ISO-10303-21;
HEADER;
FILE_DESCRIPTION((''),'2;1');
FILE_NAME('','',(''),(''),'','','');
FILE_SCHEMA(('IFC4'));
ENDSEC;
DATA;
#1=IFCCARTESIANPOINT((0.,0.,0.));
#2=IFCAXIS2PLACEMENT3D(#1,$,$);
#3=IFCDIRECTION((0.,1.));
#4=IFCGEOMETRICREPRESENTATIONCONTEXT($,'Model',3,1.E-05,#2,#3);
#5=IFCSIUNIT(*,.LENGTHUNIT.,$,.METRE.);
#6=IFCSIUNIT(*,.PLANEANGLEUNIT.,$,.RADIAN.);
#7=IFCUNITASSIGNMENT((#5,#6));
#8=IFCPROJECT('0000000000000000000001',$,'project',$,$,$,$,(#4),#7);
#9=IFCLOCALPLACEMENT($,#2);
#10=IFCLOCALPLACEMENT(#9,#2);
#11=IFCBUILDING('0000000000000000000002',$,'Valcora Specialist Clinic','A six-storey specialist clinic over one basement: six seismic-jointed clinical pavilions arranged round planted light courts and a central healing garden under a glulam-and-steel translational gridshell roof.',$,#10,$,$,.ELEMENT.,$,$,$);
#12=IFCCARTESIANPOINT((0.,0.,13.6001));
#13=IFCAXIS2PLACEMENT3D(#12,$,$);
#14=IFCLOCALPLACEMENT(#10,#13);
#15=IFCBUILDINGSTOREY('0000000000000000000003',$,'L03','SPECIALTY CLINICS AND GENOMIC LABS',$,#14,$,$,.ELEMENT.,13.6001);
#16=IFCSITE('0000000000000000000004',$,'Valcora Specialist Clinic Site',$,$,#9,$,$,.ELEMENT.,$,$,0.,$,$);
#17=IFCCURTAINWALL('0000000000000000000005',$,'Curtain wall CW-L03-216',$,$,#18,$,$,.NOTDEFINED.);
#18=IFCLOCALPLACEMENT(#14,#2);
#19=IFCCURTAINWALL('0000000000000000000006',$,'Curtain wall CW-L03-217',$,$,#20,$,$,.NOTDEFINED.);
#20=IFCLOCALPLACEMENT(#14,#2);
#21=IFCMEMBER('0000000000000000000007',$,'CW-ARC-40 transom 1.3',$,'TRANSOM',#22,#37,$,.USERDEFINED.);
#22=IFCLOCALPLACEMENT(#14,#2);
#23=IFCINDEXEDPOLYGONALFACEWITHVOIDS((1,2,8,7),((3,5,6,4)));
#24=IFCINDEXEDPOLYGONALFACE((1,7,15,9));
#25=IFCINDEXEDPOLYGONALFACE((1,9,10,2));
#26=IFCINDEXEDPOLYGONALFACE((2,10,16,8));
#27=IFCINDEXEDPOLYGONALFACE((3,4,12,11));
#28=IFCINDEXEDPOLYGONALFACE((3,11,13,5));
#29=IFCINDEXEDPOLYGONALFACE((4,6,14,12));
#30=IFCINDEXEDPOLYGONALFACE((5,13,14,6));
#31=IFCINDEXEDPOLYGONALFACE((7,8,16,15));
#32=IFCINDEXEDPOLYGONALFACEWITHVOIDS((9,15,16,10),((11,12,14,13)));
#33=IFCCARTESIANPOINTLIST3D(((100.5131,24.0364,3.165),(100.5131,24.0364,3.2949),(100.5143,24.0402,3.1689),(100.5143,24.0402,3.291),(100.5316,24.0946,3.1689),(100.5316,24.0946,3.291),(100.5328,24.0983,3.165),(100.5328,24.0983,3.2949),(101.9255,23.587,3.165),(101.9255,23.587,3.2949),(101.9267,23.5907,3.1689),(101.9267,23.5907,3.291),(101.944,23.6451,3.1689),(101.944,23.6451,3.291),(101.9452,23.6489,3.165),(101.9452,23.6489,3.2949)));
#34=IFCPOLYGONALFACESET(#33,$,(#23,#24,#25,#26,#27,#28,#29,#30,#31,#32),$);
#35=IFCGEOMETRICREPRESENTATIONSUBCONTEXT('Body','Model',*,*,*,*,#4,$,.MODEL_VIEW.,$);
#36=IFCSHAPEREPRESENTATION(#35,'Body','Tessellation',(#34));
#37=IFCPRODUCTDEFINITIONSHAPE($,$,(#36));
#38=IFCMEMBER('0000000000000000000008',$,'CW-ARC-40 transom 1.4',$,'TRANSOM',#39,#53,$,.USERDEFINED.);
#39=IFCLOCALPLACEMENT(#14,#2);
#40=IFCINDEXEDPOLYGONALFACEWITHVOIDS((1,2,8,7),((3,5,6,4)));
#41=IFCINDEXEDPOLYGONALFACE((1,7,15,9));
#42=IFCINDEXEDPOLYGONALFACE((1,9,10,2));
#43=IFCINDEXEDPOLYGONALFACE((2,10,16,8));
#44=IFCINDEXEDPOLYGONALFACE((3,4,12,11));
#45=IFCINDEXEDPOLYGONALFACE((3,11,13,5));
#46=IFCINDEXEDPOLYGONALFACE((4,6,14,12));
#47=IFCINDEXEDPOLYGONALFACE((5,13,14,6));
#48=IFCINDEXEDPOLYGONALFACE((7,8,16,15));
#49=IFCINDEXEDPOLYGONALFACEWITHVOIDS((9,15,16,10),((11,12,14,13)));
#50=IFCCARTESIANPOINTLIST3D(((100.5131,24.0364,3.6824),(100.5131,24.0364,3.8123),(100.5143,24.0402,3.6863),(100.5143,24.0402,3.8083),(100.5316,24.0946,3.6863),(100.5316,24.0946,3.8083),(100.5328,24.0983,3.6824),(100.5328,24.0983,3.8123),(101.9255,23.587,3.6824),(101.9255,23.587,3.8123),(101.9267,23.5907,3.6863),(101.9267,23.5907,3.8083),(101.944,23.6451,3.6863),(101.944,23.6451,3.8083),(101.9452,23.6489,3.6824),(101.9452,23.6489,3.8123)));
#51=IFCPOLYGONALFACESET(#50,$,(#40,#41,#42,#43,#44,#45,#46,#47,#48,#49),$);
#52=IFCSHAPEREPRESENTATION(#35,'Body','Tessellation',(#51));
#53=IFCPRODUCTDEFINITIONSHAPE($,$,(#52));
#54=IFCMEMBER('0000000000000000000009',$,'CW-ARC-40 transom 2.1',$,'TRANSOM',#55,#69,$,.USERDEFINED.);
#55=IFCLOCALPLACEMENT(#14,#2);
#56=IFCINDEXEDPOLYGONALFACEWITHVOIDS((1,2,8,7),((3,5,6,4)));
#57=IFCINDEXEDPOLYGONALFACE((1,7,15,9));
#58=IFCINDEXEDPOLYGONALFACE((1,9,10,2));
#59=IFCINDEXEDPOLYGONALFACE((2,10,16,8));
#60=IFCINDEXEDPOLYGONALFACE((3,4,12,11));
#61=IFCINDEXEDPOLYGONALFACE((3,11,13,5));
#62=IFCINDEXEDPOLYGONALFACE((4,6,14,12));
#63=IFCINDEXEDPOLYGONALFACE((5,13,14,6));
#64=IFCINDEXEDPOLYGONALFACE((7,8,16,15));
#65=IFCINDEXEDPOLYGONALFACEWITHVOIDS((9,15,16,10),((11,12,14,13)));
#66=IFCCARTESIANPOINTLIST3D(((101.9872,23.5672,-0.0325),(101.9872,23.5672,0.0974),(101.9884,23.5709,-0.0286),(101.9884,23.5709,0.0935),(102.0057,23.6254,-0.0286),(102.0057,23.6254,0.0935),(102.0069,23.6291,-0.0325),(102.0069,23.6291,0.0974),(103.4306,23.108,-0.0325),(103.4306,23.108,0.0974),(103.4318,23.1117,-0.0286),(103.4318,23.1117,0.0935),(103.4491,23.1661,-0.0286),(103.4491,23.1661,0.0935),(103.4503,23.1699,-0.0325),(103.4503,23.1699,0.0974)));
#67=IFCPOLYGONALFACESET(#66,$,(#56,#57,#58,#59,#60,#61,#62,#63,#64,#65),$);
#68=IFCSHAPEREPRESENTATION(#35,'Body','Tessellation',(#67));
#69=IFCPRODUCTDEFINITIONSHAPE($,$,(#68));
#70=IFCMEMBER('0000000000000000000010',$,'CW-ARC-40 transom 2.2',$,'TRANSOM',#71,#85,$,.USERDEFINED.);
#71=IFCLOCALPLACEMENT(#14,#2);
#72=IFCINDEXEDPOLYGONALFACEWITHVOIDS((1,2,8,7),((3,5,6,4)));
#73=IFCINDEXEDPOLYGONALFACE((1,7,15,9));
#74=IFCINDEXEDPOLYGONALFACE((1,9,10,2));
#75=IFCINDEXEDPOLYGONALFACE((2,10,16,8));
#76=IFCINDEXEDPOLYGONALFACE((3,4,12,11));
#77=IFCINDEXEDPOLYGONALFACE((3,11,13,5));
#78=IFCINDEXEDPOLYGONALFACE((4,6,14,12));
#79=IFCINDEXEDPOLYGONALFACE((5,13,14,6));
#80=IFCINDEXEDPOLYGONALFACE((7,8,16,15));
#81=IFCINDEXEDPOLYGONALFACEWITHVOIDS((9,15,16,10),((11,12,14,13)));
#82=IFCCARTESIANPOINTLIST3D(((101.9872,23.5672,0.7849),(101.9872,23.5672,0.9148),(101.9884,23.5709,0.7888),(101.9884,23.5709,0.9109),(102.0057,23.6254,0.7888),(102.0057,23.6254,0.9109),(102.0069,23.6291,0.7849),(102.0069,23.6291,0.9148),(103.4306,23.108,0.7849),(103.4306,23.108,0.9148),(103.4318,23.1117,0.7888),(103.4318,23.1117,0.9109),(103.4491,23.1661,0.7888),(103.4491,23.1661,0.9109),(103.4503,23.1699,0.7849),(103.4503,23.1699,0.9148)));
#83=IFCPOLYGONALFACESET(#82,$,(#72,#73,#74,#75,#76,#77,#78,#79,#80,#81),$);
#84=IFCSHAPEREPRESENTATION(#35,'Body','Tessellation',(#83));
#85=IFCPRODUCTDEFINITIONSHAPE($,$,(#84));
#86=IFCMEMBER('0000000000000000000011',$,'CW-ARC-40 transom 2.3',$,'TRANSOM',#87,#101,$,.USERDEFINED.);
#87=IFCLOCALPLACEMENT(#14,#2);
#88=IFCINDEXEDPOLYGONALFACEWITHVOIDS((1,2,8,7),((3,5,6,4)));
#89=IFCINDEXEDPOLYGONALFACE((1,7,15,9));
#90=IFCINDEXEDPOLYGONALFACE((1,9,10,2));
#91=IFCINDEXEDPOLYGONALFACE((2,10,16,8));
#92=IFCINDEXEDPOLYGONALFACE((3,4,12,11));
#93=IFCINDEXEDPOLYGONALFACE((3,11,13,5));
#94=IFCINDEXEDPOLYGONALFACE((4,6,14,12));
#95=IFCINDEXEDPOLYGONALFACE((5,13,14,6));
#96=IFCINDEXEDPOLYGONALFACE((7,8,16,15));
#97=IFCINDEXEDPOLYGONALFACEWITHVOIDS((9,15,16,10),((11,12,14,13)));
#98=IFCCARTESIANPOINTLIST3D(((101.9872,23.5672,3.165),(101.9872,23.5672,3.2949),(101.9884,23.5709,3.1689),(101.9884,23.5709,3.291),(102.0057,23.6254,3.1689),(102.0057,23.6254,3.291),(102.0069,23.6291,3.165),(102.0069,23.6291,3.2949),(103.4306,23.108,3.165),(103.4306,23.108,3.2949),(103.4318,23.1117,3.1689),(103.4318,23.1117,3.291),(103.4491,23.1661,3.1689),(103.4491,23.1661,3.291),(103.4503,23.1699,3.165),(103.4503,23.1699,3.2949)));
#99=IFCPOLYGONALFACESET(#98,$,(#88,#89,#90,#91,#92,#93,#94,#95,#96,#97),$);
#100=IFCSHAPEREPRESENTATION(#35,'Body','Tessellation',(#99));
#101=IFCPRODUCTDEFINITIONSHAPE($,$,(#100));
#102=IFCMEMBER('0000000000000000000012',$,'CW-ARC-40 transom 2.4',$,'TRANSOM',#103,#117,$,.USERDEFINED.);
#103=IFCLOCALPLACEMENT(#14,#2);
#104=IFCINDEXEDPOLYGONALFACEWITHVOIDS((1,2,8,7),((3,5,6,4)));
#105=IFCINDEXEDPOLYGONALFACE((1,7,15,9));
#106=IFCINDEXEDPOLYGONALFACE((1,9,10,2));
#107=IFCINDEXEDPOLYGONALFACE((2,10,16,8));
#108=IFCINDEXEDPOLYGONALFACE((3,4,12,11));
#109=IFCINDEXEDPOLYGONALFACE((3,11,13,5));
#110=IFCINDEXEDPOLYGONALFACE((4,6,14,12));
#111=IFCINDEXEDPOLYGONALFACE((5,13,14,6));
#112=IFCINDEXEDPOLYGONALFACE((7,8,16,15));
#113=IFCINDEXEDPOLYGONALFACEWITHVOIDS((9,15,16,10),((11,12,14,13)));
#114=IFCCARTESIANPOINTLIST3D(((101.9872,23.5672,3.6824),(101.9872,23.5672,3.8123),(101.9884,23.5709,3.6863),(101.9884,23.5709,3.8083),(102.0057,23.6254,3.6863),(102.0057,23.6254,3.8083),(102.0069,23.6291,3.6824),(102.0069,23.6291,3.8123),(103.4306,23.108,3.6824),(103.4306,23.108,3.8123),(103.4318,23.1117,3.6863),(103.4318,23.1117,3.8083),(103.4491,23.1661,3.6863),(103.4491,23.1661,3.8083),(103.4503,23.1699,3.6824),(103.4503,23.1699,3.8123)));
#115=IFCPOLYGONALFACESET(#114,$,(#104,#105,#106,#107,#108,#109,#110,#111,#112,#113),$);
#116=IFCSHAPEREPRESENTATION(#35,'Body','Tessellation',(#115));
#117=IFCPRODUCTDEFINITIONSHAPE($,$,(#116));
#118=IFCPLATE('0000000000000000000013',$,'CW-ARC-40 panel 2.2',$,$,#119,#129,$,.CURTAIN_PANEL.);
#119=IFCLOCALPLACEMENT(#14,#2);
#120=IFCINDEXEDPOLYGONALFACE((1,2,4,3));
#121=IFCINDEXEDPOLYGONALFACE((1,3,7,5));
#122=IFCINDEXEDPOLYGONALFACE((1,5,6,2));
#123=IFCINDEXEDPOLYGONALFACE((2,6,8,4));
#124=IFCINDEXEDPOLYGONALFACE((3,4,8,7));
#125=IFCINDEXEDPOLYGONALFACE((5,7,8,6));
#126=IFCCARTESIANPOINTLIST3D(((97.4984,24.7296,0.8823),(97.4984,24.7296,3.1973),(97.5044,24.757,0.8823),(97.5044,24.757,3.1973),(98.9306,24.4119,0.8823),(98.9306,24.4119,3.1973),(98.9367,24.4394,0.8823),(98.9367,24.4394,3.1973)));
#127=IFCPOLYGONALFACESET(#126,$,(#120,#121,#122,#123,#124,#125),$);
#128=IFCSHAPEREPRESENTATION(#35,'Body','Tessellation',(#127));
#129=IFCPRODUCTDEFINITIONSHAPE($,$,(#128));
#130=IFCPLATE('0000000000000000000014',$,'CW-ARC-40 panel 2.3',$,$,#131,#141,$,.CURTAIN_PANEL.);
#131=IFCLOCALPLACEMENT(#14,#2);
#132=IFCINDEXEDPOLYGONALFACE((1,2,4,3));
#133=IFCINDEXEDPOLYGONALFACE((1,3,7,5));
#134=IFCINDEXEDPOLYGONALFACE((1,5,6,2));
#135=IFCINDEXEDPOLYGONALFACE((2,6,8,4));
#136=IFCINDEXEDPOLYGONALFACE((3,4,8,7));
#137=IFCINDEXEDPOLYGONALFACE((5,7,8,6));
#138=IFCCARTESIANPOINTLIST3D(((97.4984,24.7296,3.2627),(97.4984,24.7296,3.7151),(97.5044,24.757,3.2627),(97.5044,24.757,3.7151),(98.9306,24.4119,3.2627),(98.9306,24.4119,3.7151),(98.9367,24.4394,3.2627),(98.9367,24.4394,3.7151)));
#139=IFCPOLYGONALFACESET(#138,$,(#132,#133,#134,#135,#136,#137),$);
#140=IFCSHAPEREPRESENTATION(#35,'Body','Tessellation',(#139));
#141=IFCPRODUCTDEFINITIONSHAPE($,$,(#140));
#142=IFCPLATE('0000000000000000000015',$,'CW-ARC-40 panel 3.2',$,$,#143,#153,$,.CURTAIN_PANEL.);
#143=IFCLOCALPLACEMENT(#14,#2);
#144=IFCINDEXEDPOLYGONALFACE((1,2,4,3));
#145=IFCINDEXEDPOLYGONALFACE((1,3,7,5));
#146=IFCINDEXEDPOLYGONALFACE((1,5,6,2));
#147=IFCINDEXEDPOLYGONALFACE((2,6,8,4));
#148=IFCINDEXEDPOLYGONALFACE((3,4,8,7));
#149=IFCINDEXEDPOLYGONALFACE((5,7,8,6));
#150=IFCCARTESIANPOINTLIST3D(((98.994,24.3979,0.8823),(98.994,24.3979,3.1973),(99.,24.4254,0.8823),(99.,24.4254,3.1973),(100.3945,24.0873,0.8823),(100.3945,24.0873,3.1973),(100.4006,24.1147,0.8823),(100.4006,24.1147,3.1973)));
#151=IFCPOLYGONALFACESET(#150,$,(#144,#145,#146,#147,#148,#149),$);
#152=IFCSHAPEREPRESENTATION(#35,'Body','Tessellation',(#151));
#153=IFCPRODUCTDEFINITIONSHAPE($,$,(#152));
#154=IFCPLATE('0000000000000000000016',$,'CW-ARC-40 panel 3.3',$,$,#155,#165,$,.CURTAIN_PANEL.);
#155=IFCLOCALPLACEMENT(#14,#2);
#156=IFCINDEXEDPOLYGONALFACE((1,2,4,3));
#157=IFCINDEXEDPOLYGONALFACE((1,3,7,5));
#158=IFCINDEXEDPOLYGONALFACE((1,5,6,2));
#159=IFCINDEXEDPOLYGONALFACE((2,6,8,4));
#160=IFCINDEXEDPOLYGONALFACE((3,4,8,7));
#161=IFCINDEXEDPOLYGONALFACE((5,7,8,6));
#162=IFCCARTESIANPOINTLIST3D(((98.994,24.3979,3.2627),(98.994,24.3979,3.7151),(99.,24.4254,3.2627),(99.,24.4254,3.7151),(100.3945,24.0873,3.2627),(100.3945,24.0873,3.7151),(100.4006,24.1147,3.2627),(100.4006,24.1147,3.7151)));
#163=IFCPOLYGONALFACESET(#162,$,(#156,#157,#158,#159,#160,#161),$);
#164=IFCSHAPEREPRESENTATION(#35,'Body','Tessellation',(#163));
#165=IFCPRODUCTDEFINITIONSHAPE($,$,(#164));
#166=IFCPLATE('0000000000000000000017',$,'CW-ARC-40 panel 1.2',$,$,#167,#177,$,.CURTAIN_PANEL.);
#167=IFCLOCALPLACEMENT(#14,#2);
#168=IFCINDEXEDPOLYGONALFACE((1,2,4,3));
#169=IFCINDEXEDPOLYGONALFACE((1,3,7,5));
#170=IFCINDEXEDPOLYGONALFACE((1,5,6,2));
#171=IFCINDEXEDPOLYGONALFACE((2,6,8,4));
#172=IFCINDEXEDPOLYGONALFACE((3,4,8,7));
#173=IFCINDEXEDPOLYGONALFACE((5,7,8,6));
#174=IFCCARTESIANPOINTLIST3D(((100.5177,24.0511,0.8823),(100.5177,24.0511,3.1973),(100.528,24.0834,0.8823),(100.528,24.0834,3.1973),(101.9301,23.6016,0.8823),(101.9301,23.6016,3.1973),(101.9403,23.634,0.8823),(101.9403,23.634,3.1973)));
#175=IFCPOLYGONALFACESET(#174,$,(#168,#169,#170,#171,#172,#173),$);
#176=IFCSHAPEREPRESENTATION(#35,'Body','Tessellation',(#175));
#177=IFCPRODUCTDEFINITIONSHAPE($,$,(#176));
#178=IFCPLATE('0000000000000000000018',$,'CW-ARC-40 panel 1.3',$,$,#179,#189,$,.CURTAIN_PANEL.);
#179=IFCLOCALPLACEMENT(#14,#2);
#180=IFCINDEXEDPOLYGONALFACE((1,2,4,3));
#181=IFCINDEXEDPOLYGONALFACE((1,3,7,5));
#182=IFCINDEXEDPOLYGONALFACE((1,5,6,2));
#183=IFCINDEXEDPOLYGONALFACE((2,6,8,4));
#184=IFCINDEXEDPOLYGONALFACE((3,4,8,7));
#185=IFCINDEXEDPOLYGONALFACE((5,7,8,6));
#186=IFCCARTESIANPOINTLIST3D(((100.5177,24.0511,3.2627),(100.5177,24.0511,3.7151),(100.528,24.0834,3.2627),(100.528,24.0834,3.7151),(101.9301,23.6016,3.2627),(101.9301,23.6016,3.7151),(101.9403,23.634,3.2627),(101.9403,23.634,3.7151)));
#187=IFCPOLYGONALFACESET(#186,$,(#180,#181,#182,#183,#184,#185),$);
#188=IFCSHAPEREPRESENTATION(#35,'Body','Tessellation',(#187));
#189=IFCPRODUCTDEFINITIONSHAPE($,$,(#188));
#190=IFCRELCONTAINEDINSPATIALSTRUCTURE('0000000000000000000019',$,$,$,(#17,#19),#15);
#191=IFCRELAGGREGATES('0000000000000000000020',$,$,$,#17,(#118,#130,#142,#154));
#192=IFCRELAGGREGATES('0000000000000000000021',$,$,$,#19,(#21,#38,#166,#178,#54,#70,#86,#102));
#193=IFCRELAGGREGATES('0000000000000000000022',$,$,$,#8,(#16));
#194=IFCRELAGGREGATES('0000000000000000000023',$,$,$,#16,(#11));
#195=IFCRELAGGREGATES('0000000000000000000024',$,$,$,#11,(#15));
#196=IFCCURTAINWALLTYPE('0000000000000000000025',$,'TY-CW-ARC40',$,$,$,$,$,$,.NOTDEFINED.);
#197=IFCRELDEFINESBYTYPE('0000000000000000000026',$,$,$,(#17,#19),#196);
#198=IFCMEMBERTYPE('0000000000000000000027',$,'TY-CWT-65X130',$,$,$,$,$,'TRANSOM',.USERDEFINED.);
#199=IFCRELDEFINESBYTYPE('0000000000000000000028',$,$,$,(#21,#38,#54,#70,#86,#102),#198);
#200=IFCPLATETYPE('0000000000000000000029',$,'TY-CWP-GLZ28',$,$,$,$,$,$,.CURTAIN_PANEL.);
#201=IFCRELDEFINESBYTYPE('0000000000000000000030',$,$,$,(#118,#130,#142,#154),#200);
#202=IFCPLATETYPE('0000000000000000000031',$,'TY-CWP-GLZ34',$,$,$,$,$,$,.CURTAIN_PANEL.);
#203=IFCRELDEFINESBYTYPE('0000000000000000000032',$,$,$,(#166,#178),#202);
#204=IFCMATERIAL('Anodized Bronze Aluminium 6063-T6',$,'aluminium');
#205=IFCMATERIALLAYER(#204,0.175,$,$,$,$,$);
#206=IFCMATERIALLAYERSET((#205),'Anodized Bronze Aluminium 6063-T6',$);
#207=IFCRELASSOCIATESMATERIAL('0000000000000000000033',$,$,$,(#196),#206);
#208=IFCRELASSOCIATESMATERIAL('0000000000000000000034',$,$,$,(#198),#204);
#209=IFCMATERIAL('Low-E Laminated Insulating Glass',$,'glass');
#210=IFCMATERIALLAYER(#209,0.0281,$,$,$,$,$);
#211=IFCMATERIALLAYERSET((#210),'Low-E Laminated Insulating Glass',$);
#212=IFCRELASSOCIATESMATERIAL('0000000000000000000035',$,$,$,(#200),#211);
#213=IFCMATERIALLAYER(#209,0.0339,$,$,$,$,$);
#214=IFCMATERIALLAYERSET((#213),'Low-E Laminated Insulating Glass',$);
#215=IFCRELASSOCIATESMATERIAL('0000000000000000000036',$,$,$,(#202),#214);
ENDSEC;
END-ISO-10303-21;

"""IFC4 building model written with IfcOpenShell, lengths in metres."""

from ifc_helpers import new_model, si_unit, direction, frame, origin, origin_2d, place, context, subcontext, project, spatial, rectangle, hollow_rectangle, extrude, material, layer, layer_set, material_profile, profile_set, type_object, element, aggregate, save


model = new_model("IFC4")

# Units and contexts
model_context = context("Model", 3, precision=1e-05, world=origin(), true_north=direction((0.0, 1.0)))
body_context = subcontext(model_context, "Body", "Model", "MODEL_VIEW")
ifc_project = project(units=[si_unit("LENGTHUNIT", "METRE"), si_unit("PLANEANGLEUNIT", "RADIAN")], contexts=[model_context])

# Site, building, storey
site_placement = place(None, origin())
site = spatial("IfcSite", under=ifc_project, at=site_placement, Name="Valcora Specialist Clinic Site", CompositionType="ELEMENT", RefElevation=0.0)
building_placement = place(site_placement, origin())
building = spatial("IfcBuilding", under=site, at=building_placement, Name="Valcora Specialist Clinic", Description="A six-storey specialist clinic over one basement: six seismic-jointed clinical pavilions arranged round planted light courts and a central healing garden under a glulam-and-steel translational gridshell roof.", CompositionType="ELEMENT")
storey_placement = place(building_placement, frame((0.0, 0.0, 13.6001)))
storey = spatial("IfcBuildingStorey", under=building, at=storey_placement, Name="L03", Description="SPECIALTY CLINICS AND GENOMIC LABS", CompositionType="ELEMENT", Elevation=13.6001)

# Curtain walls
ifc_material_1 = material(Name="Anodized Bronze Aluminium 6063-T6", Category="aluminium")
ifc_layer_1 = layer(ifc_material_1, 0.175)
ifc_layer_set_1 = layer_set([ifc_layer_1], Name="Anodized Bronze Aluminium 6063-T6")
curtain_wall_type = type_object("IfcCurtainWallType", Name="TY-CW-ARC40", PredefinedType="NOTDEFINED", material=ifc_layer_set_1)
curtain_wall_1_placement = place(storey_placement, origin())
curtain_wall_1 = element("IfcCurtainWall", 1, at=curtain_wall_1_placement, inside=storey, type_object=curtain_wall_type, Name="Curtain wall CW-L03-216", PredefinedType="NOTDEFINED")
curtain_wall_2_placement = place(storey_placement, origin())
curtain_wall_2 = element("IfcCurtainWall", 2, at=curtain_wall_2_placement, inside=storey, type_object=curtain_wall_type, Name="Curtain wall CW-L03-217", PredefinedType="NOTDEFINED")

# Members
ifc_material_profile_1 = material_profile(ifc_material_1, hollow_rectangle(XDim=0.0649, YDim=0.1299, WallThickness=0.0039, at=origin_2d()), Name="AL-TRN-65X130")
ifc_profile_set_1 = profile_set([ifc_material_profile_1], Name="Anodized Bronze Aluminium 6063-T6")
member_type_1 = type_object("IfcMemberType", Name="TY-CWT-65X130", ElementType="TRANSOM", PredefinedType="USERDEFINED", material=ifc_profile_set_1)
member_1_placement = place(storey_placement, frame((100.5229, 24.0674, 3.23), z_axis=(0.952911, -0.303251, 0.0), x_axis=(0.303251, 0.952911, 0.0)))
member_1 = element("IfcMember", 3, at=member_1_placement, type_object=member_type_1, Name="CW-ARC-40 transom 1.3", ObjectType="TRANSOM", PredefinedType="USERDEFINED", context=body_context, shape_type="SweptSolid", body=[
    extrude(hollow_rectangle(XDim=0.0649, YDim=0.1299, WallThickness=0.0039, at=origin_2d()), origin(), (0.0, 0.0, 1.0), 1.4822),
])
member_2_placement = place(storey_placement, frame((100.5229, 24.0674, 3.7473), z_axis=(0.952911, -0.303251, 0.0), x_axis=(0.303251, 0.952911, 0.0)))
member_2 = element("IfcMember", 4, at=member_2_placement, type_object=member_type_1, Name="CW-ARC-40 transom 1.4", ObjectType="TRANSOM", PredefinedType="USERDEFINED", context=body_context, shape_type="SweptSolid", body=[
    extrude(hollow_rectangle(XDim=0.0649, YDim=0.1299, WallThickness=0.0039, at=origin_2d()), origin(), (0.0, 0.0, 1.0), 1.4822),
])
member_3_placement = place(storey_placement, frame((101.9971, 23.5981, 0.0325), z_axis=(0.95293, -0.30319, 0.0), x_axis=(0.30319, 0.95293, 0.0)))
member_3 = element("IfcMember", 5, at=member_3_placement, type_object=member_type_1, Name="CW-ARC-40 transom 2.1", ObjectType="TRANSOM", PredefinedType="USERDEFINED", context=body_context, shape_type="SweptSolid", body=[
    extrude(hollow_rectangle(XDim=0.0649, YDim=0.1299, WallThickness=0.0039, at=origin_2d()), origin(), (0.0, 0.0, 1.0), 1.5146),
])
member_4_placement = place(storey_placement, frame((101.9971, 23.5981, 0.8499), z_axis=(0.95293, -0.30319, 0.0), x_axis=(0.30319, 0.95293, 0.0)))
member_4 = element("IfcMember", 6, at=member_4_placement, type_object=member_type_1, Name="CW-ARC-40 transom 2.2", ObjectType="TRANSOM", PredefinedType="USERDEFINED", context=body_context, shape_type="SweptSolid", body=[
    extrude(hollow_rectangle(XDim=0.0649, YDim=0.1299, WallThickness=0.0039, at=origin_2d()), origin(), (0.0, 0.0, 1.0), 1.5146),
])
member_5_placement = place(storey_placement, frame((101.9971, 23.5981, 3.23), z_axis=(0.95293, -0.30319, 0.0), x_axis=(0.30319, 0.95293, 0.0)))
member_5 = element("IfcMember", 7, at=member_5_placement, type_object=member_type_1, Name="CW-ARC-40 transom 2.3", ObjectType="TRANSOM", PredefinedType="USERDEFINED", context=body_context, shape_type="SweptSolid", body=[
    extrude(hollow_rectangle(XDim=0.0649, YDim=0.1299, WallThickness=0.0039, at=origin_2d()), origin(), (0.0, 0.0, 1.0), 1.5146),
])
member_6_placement = place(storey_placement, frame((101.9971, 23.5981, 3.7473), z_axis=(0.95293, -0.30319, 0.0), x_axis=(0.30319, 0.95293, 0.0)))
member_6 = element("IfcMember", 8, at=member_6_placement, type_object=member_type_1, Name="CW-ARC-40 transom 2.4", ObjectType="TRANSOM", PredefinedType="USERDEFINED", context=body_context, shape_type="SweptSolid", body=[
    extrude(hollow_rectangle(XDim=0.0649, YDim=0.1299, WallThickness=0.0039, at=origin_2d()), origin(), (0.0, 0.0, 1.0), 1.5146),
])

# Plates
ifc_material_2 = material(Name="Low-E Laminated Insulating Glass", Category="glass")
ifc_layer_2 = layer(ifc_material_2, 0.0281)
ifc_layer_set_2 = layer_set([ifc_layer_2], Name="Low-E Laminated Insulating Glass")
plate_type_1 = type_object("IfcPlateType", Name="TY-CWP-GLZ28", PredefinedType="CURTAIN_PANEL", material=ifc_layer_set_2)
plate_1_placement = place(storey_placement, frame((98.2175, 24.5845, 0.8823), z_axis=(0.0, 0.0, 1.0), x_axis=(0.976279, -0.216518, 0.0)))
plate_1 = element("IfcPlate", 9, at=plate_1_placement, type_object=plate_type_1, Name="CW-ARC-40 panel 2.2", PredefinedType="CURTAIN_PANEL", context=body_context, shape_type="SweptSolid", body=[
    extrude(rectangle(XDim=1.467, YDim=0.0281, at=origin_2d()), origin(), (0.0, 0.0, 1.0), 2.3149),
])
plate_2_placement = place(storey_placement, frame((98.2175, 24.5845, 3.2627), z_axis=(0.0, 0.0, 1.0), x_axis=(0.976279, -0.216518, 0.0)))
plate_2 = element("IfcPlate", 10, at=plate_2_placement, type_object=plate_type_1, Name="CW-ARC-40 panel 2.3", PredefinedType="CURTAIN_PANEL", context=body_context, shape_type="SweptSolid", body=[
    extrude(rectangle(XDim=1.467, YDim=0.0281, at=origin_2d()), origin(), (0.0, 0.0, 1.0), 0.4524),
])
plate_3_placement = place(storey_placement, frame((99.6973, 24.2563, 0.8823), z_axis=(0.0, 0.0, 1.0), x_axis=(0.976279, -0.216518, 0.0)))
plate_3 = element("IfcPlate", 11, at=plate_3_placement, type_object=plate_type_1, Name="CW-ARC-40 panel 3.2", PredefinedType="CURTAIN_PANEL", context=body_context, shape_type="SweptSolid", body=[
    extrude(rectangle(XDim=1.4346, YDim=0.0281, at=origin_2d()), origin(), (0.0, 0.0, 1.0), 2.3149),
])
plate_4_placement = place(storey_placement, frame((99.6973, 24.2563, 3.2627), z_axis=(0.0, 0.0, 1.0), x_axis=(0.976279, -0.216518, 0.0)))
plate_4 = element("IfcPlate", 12, at=plate_4_placement, type_object=plate_type_1, Name="CW-ARC-40 panel 3.3", PredefinedType="CURTAIN_PANEL", context=body_context, shape_type="SweptSolid", body=[
    extrude(rectangle(XDim=1.4346, YDim=0.0281, at=origin_2d()), origin(), (0.0, 0.0, 1.0), 0.4524),
])
ifc_layer_3 = layer(ifc_material_2, 0.0339)
ifc_layer_set_3 = layer_set([ifc_layer_3], Name="Low-E Laminated Insulating Glass")
plate_type_2 = type_object("IfcPlateType", Name="TY-CWP-GLZ34", PredefinedType="CURTAIN_PANEL", material=ifc_layer_set_3)
plate_5_placement = place(storey_placement, frame((101.229, 23.8425, 0.8823), z_axis=(0.0, 0.0, 1.0), x_axis=(0.952916, -0.303233, 0.0)))
plate_5 = element("IfcPlate", 13, at=plate_5_placement, type_object=plate_type_2, Name="CW-ARC-40 panel 1.2", PredefinedType="CURTAIN_PANEL", context=body_context, shape_type="SweptSolid", body=[
    extrude(rectangle(XDim=1.4822, YDim=0.0339, at=origin_2d()), origin(), (0.0, 0.0, 1.0), 2.3149),
])
plate_6_placement = place(storey_placement, frame((101.229, 23.8425, 3.2627), z_axis=(0.0, 0.0, 1.0), x_axis=(0.952916, -0.303233, 0.0)))
plate_6 = element("IfcPlate", 14, at=plate_6_placement, type_object=plate_type_2, Name="CW-ARC-40 panel 1.3", PredefinedType="CURTAIN_PANEL", context=body_context, shape_type="SweptSolid", body=[
    extrude(rectangle(XDim=1.4822, YDim=0.0339, at=origin_2d()), origin(), (0.0, 0.0, 1.0), 0.4524),
])
aggregate(curtain_wall_1, [plate_1, plate_2, plate_3, plate_4])
aggregate(curtain_wall_2, [member_1, member_2, plate_5, plate_6, member_3, member_4, member_5, member_6])

save(model, "model.ifc")
